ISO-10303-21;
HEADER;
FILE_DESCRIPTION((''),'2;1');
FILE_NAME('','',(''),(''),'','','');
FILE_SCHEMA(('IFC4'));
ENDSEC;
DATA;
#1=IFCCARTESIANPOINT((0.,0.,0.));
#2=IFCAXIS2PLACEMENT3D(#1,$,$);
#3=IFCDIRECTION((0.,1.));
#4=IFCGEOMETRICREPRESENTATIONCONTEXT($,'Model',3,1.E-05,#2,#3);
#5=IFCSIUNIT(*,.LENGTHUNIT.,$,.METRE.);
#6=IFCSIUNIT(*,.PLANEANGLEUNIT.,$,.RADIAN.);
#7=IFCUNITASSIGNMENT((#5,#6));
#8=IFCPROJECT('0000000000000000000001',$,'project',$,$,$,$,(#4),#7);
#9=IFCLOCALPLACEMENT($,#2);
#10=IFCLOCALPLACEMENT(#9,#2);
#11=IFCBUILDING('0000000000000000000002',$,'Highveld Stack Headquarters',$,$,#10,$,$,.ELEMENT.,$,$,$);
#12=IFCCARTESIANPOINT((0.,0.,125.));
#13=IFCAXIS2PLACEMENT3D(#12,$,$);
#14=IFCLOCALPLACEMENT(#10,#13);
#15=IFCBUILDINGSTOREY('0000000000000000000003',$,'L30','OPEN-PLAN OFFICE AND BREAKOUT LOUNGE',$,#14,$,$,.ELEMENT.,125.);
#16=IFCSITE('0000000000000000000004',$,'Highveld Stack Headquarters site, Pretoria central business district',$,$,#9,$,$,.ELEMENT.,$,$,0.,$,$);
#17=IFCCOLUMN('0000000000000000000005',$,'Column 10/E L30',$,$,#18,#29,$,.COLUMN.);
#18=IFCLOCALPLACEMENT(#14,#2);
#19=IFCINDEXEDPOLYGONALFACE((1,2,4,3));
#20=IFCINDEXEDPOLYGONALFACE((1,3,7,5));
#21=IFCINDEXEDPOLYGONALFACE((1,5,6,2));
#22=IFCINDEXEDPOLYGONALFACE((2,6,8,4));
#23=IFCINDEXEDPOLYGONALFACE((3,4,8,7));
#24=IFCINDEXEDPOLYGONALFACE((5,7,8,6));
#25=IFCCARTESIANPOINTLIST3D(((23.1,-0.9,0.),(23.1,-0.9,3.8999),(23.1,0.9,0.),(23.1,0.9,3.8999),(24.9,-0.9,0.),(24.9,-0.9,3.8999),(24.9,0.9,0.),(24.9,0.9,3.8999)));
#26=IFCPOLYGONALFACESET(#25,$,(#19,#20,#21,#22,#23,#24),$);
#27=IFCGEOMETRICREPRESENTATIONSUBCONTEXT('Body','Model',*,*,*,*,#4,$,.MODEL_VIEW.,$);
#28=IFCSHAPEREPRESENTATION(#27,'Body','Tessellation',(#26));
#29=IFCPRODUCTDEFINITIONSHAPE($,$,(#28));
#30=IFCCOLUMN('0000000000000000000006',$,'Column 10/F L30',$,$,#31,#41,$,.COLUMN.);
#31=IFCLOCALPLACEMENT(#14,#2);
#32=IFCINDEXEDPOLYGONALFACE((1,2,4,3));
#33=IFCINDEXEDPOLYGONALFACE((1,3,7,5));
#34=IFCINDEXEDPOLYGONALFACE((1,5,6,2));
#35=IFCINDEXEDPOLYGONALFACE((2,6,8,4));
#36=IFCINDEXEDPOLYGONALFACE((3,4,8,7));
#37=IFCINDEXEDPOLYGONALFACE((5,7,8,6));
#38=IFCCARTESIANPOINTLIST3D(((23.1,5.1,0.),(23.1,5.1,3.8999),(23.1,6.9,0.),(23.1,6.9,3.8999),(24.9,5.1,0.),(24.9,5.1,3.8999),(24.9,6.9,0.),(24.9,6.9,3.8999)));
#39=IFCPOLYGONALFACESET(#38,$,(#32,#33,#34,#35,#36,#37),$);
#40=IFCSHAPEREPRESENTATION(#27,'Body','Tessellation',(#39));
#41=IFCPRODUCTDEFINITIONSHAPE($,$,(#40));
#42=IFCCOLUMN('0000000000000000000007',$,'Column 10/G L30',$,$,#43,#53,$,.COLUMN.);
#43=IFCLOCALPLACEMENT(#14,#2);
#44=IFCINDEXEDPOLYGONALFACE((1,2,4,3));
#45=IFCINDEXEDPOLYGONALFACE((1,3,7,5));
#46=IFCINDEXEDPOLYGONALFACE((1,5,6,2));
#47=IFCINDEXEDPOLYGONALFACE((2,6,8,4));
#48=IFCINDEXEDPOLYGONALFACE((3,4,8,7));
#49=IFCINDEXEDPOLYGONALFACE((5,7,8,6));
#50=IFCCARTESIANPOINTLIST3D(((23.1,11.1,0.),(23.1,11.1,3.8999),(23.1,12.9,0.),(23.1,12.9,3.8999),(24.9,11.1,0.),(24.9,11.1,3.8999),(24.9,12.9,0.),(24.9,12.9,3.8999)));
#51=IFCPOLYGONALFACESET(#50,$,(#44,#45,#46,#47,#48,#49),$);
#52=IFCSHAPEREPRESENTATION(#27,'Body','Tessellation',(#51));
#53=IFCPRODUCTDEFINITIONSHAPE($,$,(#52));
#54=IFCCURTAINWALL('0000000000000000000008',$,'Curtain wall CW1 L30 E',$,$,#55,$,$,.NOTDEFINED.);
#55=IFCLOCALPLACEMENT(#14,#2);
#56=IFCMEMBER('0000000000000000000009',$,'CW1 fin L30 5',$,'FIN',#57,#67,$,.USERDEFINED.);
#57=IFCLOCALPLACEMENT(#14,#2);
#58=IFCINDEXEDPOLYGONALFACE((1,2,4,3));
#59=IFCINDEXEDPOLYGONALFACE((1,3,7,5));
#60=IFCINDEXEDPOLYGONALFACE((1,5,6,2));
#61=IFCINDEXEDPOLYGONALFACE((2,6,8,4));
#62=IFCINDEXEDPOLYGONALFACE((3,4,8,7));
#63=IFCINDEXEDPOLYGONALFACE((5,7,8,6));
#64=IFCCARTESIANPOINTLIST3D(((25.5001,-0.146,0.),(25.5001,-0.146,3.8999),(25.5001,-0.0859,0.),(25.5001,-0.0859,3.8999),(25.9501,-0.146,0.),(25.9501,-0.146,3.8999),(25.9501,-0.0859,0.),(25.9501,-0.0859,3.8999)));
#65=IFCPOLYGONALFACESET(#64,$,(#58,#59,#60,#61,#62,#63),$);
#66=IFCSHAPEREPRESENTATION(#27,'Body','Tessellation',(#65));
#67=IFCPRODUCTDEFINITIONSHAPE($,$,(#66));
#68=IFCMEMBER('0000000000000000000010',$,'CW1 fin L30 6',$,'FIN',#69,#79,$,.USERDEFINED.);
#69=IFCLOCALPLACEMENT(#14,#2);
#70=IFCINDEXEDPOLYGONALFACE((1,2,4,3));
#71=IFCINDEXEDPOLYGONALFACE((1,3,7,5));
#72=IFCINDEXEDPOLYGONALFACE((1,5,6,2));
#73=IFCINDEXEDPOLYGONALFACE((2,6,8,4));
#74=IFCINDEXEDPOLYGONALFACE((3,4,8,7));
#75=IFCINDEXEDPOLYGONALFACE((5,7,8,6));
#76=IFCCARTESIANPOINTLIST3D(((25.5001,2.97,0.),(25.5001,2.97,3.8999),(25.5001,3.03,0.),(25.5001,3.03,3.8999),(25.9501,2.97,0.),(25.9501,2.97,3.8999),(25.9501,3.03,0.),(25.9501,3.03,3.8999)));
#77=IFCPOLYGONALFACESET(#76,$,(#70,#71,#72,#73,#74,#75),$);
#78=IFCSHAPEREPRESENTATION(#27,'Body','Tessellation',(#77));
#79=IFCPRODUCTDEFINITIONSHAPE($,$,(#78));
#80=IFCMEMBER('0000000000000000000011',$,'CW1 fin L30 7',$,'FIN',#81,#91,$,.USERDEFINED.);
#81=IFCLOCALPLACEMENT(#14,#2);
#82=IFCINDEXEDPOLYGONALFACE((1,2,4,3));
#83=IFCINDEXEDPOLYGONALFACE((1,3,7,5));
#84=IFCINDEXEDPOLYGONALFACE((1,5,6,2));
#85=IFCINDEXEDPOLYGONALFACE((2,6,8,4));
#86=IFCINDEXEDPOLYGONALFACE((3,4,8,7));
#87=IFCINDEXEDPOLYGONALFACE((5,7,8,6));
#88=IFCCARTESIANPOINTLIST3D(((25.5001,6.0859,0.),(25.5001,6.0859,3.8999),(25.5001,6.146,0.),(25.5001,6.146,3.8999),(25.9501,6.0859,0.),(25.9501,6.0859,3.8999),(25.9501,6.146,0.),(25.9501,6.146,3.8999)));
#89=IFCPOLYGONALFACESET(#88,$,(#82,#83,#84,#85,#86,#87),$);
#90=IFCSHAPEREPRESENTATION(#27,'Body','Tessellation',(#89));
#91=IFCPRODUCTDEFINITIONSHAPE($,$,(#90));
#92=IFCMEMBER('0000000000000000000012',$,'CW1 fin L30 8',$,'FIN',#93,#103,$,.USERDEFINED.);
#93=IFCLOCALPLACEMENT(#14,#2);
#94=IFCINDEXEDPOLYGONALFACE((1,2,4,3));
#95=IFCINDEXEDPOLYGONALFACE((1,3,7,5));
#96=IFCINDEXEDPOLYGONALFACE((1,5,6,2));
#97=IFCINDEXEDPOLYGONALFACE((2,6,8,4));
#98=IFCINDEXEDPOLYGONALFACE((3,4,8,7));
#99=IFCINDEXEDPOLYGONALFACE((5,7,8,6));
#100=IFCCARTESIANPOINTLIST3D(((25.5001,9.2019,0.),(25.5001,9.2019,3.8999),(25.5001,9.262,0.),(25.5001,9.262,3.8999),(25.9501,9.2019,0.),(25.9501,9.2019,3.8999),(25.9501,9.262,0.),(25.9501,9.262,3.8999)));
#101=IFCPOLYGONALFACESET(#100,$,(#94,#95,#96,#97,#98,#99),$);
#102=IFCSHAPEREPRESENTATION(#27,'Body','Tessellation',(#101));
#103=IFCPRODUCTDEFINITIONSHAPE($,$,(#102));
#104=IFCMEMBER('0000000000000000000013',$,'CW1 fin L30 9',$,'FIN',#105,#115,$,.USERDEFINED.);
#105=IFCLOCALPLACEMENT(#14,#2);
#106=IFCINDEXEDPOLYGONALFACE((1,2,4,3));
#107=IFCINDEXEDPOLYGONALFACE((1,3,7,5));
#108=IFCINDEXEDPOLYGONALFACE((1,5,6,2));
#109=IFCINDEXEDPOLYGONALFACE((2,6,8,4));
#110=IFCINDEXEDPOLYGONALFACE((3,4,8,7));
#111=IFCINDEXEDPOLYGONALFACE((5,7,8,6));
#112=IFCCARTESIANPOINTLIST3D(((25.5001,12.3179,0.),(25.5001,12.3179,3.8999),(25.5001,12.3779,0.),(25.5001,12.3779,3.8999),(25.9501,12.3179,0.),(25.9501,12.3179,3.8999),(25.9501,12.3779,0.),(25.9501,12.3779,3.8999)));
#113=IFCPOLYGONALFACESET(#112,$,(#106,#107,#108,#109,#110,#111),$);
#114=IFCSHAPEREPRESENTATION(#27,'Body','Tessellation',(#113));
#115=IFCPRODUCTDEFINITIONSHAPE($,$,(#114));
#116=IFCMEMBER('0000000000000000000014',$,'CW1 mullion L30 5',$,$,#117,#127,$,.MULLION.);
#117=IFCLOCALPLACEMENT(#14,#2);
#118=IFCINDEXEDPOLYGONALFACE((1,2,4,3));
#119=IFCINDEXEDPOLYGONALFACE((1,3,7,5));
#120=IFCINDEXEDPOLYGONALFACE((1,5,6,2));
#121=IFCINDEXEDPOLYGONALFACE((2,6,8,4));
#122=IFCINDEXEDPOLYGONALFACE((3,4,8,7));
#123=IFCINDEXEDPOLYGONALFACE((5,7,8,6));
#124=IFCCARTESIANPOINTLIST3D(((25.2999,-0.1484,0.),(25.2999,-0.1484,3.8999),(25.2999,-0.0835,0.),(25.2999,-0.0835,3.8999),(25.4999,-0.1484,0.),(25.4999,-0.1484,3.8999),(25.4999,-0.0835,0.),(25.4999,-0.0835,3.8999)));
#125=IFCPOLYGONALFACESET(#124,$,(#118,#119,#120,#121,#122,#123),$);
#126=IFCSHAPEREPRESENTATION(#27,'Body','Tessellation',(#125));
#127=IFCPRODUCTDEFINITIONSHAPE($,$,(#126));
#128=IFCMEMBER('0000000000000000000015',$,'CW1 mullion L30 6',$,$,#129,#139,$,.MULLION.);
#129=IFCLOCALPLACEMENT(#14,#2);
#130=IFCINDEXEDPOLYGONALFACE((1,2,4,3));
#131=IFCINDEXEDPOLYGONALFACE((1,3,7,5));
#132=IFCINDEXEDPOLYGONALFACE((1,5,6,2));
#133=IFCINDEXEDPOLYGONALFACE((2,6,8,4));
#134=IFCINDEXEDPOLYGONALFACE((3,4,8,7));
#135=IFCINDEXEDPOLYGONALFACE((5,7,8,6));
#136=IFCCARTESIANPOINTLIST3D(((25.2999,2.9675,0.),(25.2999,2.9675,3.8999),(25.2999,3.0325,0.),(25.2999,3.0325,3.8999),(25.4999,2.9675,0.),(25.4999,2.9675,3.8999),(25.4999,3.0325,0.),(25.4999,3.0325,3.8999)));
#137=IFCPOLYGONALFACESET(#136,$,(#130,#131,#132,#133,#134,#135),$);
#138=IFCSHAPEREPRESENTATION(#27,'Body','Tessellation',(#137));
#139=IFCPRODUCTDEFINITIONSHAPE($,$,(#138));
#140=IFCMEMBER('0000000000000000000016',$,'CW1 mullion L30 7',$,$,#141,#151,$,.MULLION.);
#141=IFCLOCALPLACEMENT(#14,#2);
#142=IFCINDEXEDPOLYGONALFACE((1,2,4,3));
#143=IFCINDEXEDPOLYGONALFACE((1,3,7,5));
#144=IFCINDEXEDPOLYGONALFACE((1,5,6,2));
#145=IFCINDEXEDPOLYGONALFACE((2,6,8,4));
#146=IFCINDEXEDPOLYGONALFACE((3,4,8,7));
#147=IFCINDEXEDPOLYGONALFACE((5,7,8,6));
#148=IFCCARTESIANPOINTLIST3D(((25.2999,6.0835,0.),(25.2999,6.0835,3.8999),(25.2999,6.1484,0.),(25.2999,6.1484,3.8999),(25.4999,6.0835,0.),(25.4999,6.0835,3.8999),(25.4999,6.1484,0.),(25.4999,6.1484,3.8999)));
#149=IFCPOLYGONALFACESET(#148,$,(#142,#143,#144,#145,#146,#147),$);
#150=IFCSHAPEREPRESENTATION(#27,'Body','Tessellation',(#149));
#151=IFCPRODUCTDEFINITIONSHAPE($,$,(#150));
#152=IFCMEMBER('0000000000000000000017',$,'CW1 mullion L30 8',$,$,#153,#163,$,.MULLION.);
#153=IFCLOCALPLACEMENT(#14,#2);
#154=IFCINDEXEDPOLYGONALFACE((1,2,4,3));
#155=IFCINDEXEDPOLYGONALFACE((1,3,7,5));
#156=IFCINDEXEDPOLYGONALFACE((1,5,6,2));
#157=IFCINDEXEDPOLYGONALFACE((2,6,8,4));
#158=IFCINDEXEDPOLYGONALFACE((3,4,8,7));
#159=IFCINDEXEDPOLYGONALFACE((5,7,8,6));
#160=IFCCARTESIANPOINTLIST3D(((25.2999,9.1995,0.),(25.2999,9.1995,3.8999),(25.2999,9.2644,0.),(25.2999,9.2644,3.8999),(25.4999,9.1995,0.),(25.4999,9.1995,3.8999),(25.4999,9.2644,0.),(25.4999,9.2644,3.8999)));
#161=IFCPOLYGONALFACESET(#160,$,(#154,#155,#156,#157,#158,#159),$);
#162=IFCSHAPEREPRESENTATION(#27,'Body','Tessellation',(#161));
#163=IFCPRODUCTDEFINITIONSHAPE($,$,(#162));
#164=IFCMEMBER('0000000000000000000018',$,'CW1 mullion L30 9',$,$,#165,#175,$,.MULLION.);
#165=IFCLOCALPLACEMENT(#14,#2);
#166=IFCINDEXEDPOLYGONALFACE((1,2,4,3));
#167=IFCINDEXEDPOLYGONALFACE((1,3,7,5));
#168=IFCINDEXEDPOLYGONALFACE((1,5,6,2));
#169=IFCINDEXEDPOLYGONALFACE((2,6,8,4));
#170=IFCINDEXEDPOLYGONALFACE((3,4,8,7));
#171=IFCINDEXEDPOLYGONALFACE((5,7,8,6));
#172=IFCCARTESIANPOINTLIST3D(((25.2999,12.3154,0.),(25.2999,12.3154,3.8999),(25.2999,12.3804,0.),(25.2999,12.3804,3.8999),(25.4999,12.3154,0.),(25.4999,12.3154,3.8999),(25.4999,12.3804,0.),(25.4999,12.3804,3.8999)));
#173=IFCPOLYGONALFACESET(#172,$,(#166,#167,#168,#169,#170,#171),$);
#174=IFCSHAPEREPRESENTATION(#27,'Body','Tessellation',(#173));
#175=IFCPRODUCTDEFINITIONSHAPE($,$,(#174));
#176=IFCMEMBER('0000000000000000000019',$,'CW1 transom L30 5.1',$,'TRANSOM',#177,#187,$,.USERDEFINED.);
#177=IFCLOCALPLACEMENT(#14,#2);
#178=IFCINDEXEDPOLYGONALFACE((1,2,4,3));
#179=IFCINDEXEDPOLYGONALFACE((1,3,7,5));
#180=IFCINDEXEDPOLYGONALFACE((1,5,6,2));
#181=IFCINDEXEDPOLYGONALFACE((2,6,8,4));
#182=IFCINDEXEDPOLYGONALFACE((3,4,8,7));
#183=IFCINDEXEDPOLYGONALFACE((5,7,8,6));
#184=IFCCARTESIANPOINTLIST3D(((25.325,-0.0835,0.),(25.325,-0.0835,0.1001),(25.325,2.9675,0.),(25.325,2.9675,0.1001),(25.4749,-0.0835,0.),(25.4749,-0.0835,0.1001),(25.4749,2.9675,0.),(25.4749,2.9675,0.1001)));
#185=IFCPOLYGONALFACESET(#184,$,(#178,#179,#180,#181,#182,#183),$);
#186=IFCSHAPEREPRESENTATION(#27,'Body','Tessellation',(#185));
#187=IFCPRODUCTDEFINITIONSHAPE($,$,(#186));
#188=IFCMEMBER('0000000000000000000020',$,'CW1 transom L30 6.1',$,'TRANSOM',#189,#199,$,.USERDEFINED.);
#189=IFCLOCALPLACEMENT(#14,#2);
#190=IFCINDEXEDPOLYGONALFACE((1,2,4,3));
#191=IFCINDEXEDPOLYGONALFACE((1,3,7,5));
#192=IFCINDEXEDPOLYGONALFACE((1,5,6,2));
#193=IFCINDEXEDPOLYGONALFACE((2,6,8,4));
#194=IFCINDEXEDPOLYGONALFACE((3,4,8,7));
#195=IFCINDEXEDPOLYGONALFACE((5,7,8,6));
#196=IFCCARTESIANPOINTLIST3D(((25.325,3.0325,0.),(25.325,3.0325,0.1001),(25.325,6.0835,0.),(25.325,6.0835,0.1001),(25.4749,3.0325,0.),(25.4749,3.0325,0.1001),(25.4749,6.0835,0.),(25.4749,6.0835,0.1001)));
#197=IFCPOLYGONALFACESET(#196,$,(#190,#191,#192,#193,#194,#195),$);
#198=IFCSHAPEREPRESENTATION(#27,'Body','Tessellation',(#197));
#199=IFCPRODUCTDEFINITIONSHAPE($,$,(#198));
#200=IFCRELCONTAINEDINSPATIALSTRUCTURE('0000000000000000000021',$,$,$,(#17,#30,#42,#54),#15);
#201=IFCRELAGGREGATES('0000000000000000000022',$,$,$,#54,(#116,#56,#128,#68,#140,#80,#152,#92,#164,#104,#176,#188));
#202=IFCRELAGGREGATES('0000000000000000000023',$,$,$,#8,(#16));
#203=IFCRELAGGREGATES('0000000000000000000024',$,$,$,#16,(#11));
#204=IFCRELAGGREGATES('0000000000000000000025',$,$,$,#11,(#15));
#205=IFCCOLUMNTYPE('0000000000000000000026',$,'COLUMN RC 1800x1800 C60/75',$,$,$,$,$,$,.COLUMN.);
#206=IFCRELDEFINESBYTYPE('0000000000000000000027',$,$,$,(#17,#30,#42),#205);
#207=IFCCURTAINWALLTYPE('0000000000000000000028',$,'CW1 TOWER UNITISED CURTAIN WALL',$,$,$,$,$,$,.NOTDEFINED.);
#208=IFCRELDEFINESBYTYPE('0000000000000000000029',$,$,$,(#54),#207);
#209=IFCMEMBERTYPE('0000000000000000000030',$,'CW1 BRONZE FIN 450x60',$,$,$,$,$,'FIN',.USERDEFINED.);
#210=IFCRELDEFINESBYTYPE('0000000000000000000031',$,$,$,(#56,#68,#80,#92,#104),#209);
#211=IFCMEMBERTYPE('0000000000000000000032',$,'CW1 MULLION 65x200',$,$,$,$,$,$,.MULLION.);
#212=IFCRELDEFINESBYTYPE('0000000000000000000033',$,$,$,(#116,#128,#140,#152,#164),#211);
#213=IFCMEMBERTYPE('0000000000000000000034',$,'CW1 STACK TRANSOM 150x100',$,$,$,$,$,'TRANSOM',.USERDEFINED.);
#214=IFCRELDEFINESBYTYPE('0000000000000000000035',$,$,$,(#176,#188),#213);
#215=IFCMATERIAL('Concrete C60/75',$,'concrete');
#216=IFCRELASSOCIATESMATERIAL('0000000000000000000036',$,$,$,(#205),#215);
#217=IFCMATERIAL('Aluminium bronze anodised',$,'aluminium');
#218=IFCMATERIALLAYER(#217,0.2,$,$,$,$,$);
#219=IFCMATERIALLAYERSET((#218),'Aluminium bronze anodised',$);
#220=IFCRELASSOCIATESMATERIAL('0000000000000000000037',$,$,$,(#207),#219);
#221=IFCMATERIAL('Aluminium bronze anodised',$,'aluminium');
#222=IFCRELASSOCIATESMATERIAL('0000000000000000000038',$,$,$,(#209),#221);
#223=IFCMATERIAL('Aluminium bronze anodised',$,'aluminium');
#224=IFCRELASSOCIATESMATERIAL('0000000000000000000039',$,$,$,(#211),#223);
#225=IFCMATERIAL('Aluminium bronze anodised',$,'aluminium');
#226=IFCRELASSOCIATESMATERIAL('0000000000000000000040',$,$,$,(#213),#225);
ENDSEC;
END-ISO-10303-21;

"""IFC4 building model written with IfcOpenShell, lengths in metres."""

from ifc_helpers import new_model, si_unit, direction, frame, origin, origin_2d, place, context, subcontext, project, spatial, rectangle, extrude, material, layer, layer_set, material_profile, profile_set, type_object, element, aggregate, save


model = new_model("IFC4")

# Units and contexts
model_context = context("Model", 3, precision=1e-05, world=origin(), true_north=direction((0.0, 1.0)))
body_context = subcontext(model_context, "Body", "Model", "MODEL_VIEW")
ifc_project = project(units=[si_unit("LENGTHUNIT", "METRE"), si_unit("PLANEANGLEUNIT", "RADIAN")], contexts=[model_context])

# Site, building, storey
site_placement = place(None, origin())
site = spatial("IfcSite", under=ifc_project, at=site_placement, Name="Highveld Stack Headquarters site, Pretoria central business district", CompositionType="ELEMENT", RefElevation=0.0)
building_placement = place(site_placement, origin())
building = spatial("IfcBuilding", under=site, at=building_placement, Name="Highveld Stack Headquarters", CompositionType="ELEMENT")
storey_placement = place(building_placement, frame((0.0, 0.0, 125.0)))
storey = spatial("IfcBuildingStorey", under=building, at=storey_placement, Name="L30", Description="OPEN-PLAN OFFICE AND BREAKOUT LOUNGE", CompositionType="ELEMENT", Elevation=125.0)

# Columns
ifc_material_1 = material(Name="Concrete C60/75", Category="concrete")
ifc_material_profile_1 = material_profile(ifc_material_1, rectangle(XDim=1.8, YDim=1.8, at=origin_2d()), Name="RC 1800x1800")
ifc_profile_set_1 = profile_set([ifc_material_profile_1], Name="Concrete C60/75")
column_type = type_object("IfcColumnType", Name="COLUMN RC 1800x1800 C60/75", PredefinedType="COLUMN", material=ifc_profile_set_1)
for number, where, z_axis, x_axis, name in (
    (1, (24.0, 0.0, 0.0), (0.0, 0.0, 1.0), (1.0, 0.0, 0.0), "Column 10/E L30"),
    (2, (24.0, 6.0, 0.0), (0.0, 0.0, 1.0), (1.0, 0.0, 0.0), "Column 10/F L30"),
    (3, (24.0, 12.0, 0.0), (0.0, 0.0, 1.0), (1.0, 0.0, 0.0), "Column 10/G L30"),
):
    element("IfcColumn", number, at=place(storey_placement, frame(where, z_axis=z_axis, x_axis=x_axis)), inside=storey, type_object=column_type, Name=name, PredefinedType="COLUMN", context=body_context, shape_type="SweptSolid", body=[
        extrude(rectangle(XDim=1.8, YDim=1.8, at=origin_2d()), origin(), (0.0, 0.0, 1.0), 3.8999),
    ])

# Curtain wall, members
ifc_material_2 = material(Name="Aluminium bronze anodised", Category="aluminium")
ifc_layer_1 = layer(ifc_material_2, 0.2)
ifc_layer_set_1 = layer_set([ifc_layer_1], Name="Aluminium bronze anodised")
curtain_wall_type = type_object("IfcCurtainWallType", Name="CW1 TOWER UNITISED CURTAIN WALL", PredefinedType="NOTDEFINED", material=ifc_layer_set_1)
curtain_wall_placement = place(storey_placement, origin())
curtain_wall = element("IfcCurtainWall", 4, at=curtain_wall_placement, inside=storey, type_object=curtain_wall_type, Name="Curtain wall CW1 L30 E", PredefinedType="NOTDEFINED")
ifc_material_3 = material(Name="Aluminium bronze anodised", Category="aluminium")
ifc_material_profile_2 = material_profile(ifc_material_3, rectangle(XDim=0.45, YDim=0.0601, at=origin_2d()), Name="FIN 450x60")
ifc_profile_set_2 = profile_set([ifc_material_profile_2], Name="Aluminium bronze anodised")
member_type_1 = type_object("IfcMemberType", Name="CW1 BRONZE FIN 450x60", ElementType="FIN", PredefinedType="USERDEFINED", material=ifc_profile_set_2)
member_1_placement = place(storey_placement, frame((25.7251, -0.116, 0.0), z_axis=(0.0, 0.0, 1.0), x_axis=(-1.0, 0.0, 0.0)))
member_1 = element("IfcMember", 5, at=member_1_placement, type_object=member_type_1, Name="CW1 fin L30 5", ObjectType="FIN", PredefinedType="USERDEFINED", context=body_context, shape_type="SweptSolid", body=[
    extrude(rectangle(XDim=0.45, YDim=0.0601, at=origin_2d()), origin(), (0.0, 0.0, 1.0), 3.8999),
])
member_2_placement = place(storey_placement, frame((25.7251, 3.0, 0.0), z_axis=(0.0, 0.0, 1.0), x_axis=(-1.0, 0.0, 0.0)))
member_2 = element("IfcMember", 6, at=member_2_placement, type_object=member_type_1, Name="CW1 fin L30 6", ObjectType="FIN", PredefinedType="USERDEFINED", context=body_context, shape_type="SweptSolid", body=[
    extrude(rectangle(XDim=0.45, YDim=0.0601, at=origin_2d()), origin(), (0.0, 0.0, 1.0), 3.8999),
])
member_3_placement = place(storey_placement, frame((25.7251, 6.116, 0.0), z_axis=(0.0, 0.0, 1.0), x_axis=(-1.0, 0.0, 0.0)))
member_3 = element("IfcMember", 7, at=member_3_placement, type_object=member_type_1, Name="CW1 fin L30 7", ObjectType="FIN", PredefinedType="USERDEFINED", context=body_context, shape_type="SweptSolid", body=[
    extrude(rectangle(XDim=0.45, YDim=0.0601, at=origin_2d()), origin(), (0.0, 0.0, 1.0), 3.8999),
])
member_4_placement = place(storey_placement, frame((25.7251, 9.2319, 0.0), z_axis=(0.0, 0.0, 1.0), x_axis=(-1.0, 0.0, 0.0)))
member_4 = element("IfcMember", 8, at=member_4_placement, type_object=member_type_1, Name="CW1 fin L30 8", ObjectType="FIN", PredefinedType="USERDEFINED", context=body_context, shape_type="SweptSolid", body=[
    extrude(rectangle(XDim=0.45, YDim=0.0601, at=origin_2d()), origin(), (0.0, 0.0, 1.0), 3.8999),
])
member_5_placement = place(storey_placement, frame((25.7251, 12.3479, 0.0), z_axis=(0.0, 0.0, 1.0), x_axis=(-1.0, 0.0, 0.0)))
member_5 = element("IfcMember", 9, at=member_5_placement, type_object=member_type_1, Name="CW1 fin L30 9", ObjectType="FIN", PredefinedType="USERDEFINED", context=body_context, shape_type="SweptSolid", body=[
    extrude(rectangle(XDim=0.45, YDim=0.0601, at=origin_2d()), origin(), (0.0, 0.0, 1.0), 3.8999),
])
ifc_material_4 = material(Name="Aluminium bronze anodised", Category="aluminium")
ifc_material_profile_3 = material_profile(ifc_material_4, rectangle(XDim=0.2, YDim=0.0649, at=origin_2d()), Name="CW1 MULLION 65x200")
ifc_profile_set_3 = profile_set([ifc_material_profile_3], Name="Aluminium bronze anodised")
member_type_2 = type_object("IfcMemberType", Name="CW1 MULLION 65x200", PredefinedType="MULLION", material=ifc_profile_set_3)
member_6_placement = place(storey_placement, frame((25.3999, -0.116, 0.0), z_axis=(0.0, 0.0, 1.0), x_axis=(-1.0, 0.0, 0.0)))
member_6 = element("IfcMember", 10, at=member_6_placement, type_object=member_type_2, Name="CW1 mullion L30 5", PredefinedType="MULLION", context=body_context, shape_type="SweptSolid", body=[
    extrude(rectangle(XDim=0.2, YDim=0.0649, at=origin_2d()), origin(), (0.0, 0.0, 1.0), 3.8999),
])
member_7_placement = place(storey_placement, frame((25.3999, 3.0, 0.0), z_axis=(0.0, 0.0, 1.0), x_axis=(-1.0, 0.0, 0.0)))
member_7 = element("IfcMember", 11, at=member_7_placement, type_object=member_type_2, Name="CW1 mullion L30 6", PredefinedType="MULLION", context=body_context, shape_type="SweptSolid", body=[
    extrude(rectangle(XDim=0.2, YDim=0.0649, at=origin_2d()), origin(), (0.0, 0.0, 1.0), 3.8999),
])
member_8_placement = place(storey_placement, frame((25.3999, 6.116, 0.0), z_axis=(0.0, 0.0, 1.0), x_axis=(-1.0, 0.0, 0.0)))
member_8 = element("IfcMember", 12, at=member_8_placement, type_object=member_type_2, Name="CW1 mullion L30 7", PredefinedType="MULLION", context=body_context, shape_type="SweptSolid", body=[
    extrude(rectangle(XDim=0.2, YDim=0.0649, at=origin_2d()), origin(), (0.0, 0.0, 1.0), 3.8999),
])
member_9_placement = place(storey_placement, frame((25.3999, 9.2319, 0.0), z_axis=(0.0, 0.0, 1.0), x_axis=(-1.0, 0.0, 0.0)))
member_9 = element("IfcMember", 13, at=member_9_placement, type_object=member_type_2, Name="CW1 mullion L30 8", PredefinedType="MULLION", context=body_context, shape_type="SweptSolid", body=[
    extrude(rectangle(XDim=0.2, YDim=0.0649, at=origin_2d()), origin(), (0.0, 0.0, 1.0), 3.8999),
])
member_10_placement = place(storey_placement, frame((25.3999, 12.3479, 0.0), z_axis=(0.0, 0.0, 1.0), x_axis=(-1.0, 0.0, 0.0)))
member_10 = element("IfcMember", 14, at=member_10_placement, type_object=member_type_2, Name="CW1 mullion L30 9", PredefinedType="MULLION", context=body_context, shape_type="SweptSolid", body=[
    extrude(rectangle(XDim=0.2, YDim=0.0649, at=origin_2d()), origin(), (0.0, 0.0, 1.0), 3.8999),
])
ifc_material_5 = material(Name="Aluminium bronze anodised", Category="aluminium")
ifc_material_profile_4 = material_profile(ifc_material_5, rectangle(XDim=0.1499, YDim=0.1001, at=origin_2d()), Name="CW1 TRANSOM 150x100")
ifc_profile_set_4 = profile_set([ifc_material_profile_4], Name="Aluminium bronze anodised")
member_type_3 = type_object("IfcMemberType", Name="CW1 STACK TRANSOM 150x100", ElementType="TRANSOM", PredefinedType="USERDEFINED", material=ifc_profile_set_4)
member_11_placement = place(storey_placement, frame((25.3999, -0.0835, 0.05), z_axis=(0.0, 1.0, 0.0), x_axis=(-1.0, 0.0, 0.0)))
member_11 = element("IfcMember", 15, at=member_11_placement, type_object=member_type_3, Name="CW1 transom L30 5.1", ObjectType="TRANSOM", PredefinedType="USERDEFINED", context=body_context, shape_type="SweptSolid", body=[
    extrude(rectangle(XDim=0.1499, YDim=0.1001, at=origin_2d()), origin(), (0.0, 0.0, 1.0), 3.051),
])
member_12_placement = place(storey_placement, frame((25.3999, 3.0325, 0.05), z_axis=(0.0, 1.0, 0.0), x_axis=(-1.0, 0.0, 0.0)))
member_12 = element("IfcMember", 16, at=member_12_placement, type_object=member_type_3, Name="CW1 transom L30 6.1", ObjectType="TRANSOM", PredefinedType="USERDEFINED", context=body_context, shape_type="SweptSolid", body=[
    extrude(rectangle(XDim=0.1499, YDim=0.1001, at=origin_2d()), origin(), (0.0, 0.0, 1.0), 3.051),
])
aggregate(curtain_wall, [member_6, member_1, member_7, member_2, member_8, member_3, member_9, member_4, member_10, member_5, member_11, member_12])

save(model, "model.ifc")
